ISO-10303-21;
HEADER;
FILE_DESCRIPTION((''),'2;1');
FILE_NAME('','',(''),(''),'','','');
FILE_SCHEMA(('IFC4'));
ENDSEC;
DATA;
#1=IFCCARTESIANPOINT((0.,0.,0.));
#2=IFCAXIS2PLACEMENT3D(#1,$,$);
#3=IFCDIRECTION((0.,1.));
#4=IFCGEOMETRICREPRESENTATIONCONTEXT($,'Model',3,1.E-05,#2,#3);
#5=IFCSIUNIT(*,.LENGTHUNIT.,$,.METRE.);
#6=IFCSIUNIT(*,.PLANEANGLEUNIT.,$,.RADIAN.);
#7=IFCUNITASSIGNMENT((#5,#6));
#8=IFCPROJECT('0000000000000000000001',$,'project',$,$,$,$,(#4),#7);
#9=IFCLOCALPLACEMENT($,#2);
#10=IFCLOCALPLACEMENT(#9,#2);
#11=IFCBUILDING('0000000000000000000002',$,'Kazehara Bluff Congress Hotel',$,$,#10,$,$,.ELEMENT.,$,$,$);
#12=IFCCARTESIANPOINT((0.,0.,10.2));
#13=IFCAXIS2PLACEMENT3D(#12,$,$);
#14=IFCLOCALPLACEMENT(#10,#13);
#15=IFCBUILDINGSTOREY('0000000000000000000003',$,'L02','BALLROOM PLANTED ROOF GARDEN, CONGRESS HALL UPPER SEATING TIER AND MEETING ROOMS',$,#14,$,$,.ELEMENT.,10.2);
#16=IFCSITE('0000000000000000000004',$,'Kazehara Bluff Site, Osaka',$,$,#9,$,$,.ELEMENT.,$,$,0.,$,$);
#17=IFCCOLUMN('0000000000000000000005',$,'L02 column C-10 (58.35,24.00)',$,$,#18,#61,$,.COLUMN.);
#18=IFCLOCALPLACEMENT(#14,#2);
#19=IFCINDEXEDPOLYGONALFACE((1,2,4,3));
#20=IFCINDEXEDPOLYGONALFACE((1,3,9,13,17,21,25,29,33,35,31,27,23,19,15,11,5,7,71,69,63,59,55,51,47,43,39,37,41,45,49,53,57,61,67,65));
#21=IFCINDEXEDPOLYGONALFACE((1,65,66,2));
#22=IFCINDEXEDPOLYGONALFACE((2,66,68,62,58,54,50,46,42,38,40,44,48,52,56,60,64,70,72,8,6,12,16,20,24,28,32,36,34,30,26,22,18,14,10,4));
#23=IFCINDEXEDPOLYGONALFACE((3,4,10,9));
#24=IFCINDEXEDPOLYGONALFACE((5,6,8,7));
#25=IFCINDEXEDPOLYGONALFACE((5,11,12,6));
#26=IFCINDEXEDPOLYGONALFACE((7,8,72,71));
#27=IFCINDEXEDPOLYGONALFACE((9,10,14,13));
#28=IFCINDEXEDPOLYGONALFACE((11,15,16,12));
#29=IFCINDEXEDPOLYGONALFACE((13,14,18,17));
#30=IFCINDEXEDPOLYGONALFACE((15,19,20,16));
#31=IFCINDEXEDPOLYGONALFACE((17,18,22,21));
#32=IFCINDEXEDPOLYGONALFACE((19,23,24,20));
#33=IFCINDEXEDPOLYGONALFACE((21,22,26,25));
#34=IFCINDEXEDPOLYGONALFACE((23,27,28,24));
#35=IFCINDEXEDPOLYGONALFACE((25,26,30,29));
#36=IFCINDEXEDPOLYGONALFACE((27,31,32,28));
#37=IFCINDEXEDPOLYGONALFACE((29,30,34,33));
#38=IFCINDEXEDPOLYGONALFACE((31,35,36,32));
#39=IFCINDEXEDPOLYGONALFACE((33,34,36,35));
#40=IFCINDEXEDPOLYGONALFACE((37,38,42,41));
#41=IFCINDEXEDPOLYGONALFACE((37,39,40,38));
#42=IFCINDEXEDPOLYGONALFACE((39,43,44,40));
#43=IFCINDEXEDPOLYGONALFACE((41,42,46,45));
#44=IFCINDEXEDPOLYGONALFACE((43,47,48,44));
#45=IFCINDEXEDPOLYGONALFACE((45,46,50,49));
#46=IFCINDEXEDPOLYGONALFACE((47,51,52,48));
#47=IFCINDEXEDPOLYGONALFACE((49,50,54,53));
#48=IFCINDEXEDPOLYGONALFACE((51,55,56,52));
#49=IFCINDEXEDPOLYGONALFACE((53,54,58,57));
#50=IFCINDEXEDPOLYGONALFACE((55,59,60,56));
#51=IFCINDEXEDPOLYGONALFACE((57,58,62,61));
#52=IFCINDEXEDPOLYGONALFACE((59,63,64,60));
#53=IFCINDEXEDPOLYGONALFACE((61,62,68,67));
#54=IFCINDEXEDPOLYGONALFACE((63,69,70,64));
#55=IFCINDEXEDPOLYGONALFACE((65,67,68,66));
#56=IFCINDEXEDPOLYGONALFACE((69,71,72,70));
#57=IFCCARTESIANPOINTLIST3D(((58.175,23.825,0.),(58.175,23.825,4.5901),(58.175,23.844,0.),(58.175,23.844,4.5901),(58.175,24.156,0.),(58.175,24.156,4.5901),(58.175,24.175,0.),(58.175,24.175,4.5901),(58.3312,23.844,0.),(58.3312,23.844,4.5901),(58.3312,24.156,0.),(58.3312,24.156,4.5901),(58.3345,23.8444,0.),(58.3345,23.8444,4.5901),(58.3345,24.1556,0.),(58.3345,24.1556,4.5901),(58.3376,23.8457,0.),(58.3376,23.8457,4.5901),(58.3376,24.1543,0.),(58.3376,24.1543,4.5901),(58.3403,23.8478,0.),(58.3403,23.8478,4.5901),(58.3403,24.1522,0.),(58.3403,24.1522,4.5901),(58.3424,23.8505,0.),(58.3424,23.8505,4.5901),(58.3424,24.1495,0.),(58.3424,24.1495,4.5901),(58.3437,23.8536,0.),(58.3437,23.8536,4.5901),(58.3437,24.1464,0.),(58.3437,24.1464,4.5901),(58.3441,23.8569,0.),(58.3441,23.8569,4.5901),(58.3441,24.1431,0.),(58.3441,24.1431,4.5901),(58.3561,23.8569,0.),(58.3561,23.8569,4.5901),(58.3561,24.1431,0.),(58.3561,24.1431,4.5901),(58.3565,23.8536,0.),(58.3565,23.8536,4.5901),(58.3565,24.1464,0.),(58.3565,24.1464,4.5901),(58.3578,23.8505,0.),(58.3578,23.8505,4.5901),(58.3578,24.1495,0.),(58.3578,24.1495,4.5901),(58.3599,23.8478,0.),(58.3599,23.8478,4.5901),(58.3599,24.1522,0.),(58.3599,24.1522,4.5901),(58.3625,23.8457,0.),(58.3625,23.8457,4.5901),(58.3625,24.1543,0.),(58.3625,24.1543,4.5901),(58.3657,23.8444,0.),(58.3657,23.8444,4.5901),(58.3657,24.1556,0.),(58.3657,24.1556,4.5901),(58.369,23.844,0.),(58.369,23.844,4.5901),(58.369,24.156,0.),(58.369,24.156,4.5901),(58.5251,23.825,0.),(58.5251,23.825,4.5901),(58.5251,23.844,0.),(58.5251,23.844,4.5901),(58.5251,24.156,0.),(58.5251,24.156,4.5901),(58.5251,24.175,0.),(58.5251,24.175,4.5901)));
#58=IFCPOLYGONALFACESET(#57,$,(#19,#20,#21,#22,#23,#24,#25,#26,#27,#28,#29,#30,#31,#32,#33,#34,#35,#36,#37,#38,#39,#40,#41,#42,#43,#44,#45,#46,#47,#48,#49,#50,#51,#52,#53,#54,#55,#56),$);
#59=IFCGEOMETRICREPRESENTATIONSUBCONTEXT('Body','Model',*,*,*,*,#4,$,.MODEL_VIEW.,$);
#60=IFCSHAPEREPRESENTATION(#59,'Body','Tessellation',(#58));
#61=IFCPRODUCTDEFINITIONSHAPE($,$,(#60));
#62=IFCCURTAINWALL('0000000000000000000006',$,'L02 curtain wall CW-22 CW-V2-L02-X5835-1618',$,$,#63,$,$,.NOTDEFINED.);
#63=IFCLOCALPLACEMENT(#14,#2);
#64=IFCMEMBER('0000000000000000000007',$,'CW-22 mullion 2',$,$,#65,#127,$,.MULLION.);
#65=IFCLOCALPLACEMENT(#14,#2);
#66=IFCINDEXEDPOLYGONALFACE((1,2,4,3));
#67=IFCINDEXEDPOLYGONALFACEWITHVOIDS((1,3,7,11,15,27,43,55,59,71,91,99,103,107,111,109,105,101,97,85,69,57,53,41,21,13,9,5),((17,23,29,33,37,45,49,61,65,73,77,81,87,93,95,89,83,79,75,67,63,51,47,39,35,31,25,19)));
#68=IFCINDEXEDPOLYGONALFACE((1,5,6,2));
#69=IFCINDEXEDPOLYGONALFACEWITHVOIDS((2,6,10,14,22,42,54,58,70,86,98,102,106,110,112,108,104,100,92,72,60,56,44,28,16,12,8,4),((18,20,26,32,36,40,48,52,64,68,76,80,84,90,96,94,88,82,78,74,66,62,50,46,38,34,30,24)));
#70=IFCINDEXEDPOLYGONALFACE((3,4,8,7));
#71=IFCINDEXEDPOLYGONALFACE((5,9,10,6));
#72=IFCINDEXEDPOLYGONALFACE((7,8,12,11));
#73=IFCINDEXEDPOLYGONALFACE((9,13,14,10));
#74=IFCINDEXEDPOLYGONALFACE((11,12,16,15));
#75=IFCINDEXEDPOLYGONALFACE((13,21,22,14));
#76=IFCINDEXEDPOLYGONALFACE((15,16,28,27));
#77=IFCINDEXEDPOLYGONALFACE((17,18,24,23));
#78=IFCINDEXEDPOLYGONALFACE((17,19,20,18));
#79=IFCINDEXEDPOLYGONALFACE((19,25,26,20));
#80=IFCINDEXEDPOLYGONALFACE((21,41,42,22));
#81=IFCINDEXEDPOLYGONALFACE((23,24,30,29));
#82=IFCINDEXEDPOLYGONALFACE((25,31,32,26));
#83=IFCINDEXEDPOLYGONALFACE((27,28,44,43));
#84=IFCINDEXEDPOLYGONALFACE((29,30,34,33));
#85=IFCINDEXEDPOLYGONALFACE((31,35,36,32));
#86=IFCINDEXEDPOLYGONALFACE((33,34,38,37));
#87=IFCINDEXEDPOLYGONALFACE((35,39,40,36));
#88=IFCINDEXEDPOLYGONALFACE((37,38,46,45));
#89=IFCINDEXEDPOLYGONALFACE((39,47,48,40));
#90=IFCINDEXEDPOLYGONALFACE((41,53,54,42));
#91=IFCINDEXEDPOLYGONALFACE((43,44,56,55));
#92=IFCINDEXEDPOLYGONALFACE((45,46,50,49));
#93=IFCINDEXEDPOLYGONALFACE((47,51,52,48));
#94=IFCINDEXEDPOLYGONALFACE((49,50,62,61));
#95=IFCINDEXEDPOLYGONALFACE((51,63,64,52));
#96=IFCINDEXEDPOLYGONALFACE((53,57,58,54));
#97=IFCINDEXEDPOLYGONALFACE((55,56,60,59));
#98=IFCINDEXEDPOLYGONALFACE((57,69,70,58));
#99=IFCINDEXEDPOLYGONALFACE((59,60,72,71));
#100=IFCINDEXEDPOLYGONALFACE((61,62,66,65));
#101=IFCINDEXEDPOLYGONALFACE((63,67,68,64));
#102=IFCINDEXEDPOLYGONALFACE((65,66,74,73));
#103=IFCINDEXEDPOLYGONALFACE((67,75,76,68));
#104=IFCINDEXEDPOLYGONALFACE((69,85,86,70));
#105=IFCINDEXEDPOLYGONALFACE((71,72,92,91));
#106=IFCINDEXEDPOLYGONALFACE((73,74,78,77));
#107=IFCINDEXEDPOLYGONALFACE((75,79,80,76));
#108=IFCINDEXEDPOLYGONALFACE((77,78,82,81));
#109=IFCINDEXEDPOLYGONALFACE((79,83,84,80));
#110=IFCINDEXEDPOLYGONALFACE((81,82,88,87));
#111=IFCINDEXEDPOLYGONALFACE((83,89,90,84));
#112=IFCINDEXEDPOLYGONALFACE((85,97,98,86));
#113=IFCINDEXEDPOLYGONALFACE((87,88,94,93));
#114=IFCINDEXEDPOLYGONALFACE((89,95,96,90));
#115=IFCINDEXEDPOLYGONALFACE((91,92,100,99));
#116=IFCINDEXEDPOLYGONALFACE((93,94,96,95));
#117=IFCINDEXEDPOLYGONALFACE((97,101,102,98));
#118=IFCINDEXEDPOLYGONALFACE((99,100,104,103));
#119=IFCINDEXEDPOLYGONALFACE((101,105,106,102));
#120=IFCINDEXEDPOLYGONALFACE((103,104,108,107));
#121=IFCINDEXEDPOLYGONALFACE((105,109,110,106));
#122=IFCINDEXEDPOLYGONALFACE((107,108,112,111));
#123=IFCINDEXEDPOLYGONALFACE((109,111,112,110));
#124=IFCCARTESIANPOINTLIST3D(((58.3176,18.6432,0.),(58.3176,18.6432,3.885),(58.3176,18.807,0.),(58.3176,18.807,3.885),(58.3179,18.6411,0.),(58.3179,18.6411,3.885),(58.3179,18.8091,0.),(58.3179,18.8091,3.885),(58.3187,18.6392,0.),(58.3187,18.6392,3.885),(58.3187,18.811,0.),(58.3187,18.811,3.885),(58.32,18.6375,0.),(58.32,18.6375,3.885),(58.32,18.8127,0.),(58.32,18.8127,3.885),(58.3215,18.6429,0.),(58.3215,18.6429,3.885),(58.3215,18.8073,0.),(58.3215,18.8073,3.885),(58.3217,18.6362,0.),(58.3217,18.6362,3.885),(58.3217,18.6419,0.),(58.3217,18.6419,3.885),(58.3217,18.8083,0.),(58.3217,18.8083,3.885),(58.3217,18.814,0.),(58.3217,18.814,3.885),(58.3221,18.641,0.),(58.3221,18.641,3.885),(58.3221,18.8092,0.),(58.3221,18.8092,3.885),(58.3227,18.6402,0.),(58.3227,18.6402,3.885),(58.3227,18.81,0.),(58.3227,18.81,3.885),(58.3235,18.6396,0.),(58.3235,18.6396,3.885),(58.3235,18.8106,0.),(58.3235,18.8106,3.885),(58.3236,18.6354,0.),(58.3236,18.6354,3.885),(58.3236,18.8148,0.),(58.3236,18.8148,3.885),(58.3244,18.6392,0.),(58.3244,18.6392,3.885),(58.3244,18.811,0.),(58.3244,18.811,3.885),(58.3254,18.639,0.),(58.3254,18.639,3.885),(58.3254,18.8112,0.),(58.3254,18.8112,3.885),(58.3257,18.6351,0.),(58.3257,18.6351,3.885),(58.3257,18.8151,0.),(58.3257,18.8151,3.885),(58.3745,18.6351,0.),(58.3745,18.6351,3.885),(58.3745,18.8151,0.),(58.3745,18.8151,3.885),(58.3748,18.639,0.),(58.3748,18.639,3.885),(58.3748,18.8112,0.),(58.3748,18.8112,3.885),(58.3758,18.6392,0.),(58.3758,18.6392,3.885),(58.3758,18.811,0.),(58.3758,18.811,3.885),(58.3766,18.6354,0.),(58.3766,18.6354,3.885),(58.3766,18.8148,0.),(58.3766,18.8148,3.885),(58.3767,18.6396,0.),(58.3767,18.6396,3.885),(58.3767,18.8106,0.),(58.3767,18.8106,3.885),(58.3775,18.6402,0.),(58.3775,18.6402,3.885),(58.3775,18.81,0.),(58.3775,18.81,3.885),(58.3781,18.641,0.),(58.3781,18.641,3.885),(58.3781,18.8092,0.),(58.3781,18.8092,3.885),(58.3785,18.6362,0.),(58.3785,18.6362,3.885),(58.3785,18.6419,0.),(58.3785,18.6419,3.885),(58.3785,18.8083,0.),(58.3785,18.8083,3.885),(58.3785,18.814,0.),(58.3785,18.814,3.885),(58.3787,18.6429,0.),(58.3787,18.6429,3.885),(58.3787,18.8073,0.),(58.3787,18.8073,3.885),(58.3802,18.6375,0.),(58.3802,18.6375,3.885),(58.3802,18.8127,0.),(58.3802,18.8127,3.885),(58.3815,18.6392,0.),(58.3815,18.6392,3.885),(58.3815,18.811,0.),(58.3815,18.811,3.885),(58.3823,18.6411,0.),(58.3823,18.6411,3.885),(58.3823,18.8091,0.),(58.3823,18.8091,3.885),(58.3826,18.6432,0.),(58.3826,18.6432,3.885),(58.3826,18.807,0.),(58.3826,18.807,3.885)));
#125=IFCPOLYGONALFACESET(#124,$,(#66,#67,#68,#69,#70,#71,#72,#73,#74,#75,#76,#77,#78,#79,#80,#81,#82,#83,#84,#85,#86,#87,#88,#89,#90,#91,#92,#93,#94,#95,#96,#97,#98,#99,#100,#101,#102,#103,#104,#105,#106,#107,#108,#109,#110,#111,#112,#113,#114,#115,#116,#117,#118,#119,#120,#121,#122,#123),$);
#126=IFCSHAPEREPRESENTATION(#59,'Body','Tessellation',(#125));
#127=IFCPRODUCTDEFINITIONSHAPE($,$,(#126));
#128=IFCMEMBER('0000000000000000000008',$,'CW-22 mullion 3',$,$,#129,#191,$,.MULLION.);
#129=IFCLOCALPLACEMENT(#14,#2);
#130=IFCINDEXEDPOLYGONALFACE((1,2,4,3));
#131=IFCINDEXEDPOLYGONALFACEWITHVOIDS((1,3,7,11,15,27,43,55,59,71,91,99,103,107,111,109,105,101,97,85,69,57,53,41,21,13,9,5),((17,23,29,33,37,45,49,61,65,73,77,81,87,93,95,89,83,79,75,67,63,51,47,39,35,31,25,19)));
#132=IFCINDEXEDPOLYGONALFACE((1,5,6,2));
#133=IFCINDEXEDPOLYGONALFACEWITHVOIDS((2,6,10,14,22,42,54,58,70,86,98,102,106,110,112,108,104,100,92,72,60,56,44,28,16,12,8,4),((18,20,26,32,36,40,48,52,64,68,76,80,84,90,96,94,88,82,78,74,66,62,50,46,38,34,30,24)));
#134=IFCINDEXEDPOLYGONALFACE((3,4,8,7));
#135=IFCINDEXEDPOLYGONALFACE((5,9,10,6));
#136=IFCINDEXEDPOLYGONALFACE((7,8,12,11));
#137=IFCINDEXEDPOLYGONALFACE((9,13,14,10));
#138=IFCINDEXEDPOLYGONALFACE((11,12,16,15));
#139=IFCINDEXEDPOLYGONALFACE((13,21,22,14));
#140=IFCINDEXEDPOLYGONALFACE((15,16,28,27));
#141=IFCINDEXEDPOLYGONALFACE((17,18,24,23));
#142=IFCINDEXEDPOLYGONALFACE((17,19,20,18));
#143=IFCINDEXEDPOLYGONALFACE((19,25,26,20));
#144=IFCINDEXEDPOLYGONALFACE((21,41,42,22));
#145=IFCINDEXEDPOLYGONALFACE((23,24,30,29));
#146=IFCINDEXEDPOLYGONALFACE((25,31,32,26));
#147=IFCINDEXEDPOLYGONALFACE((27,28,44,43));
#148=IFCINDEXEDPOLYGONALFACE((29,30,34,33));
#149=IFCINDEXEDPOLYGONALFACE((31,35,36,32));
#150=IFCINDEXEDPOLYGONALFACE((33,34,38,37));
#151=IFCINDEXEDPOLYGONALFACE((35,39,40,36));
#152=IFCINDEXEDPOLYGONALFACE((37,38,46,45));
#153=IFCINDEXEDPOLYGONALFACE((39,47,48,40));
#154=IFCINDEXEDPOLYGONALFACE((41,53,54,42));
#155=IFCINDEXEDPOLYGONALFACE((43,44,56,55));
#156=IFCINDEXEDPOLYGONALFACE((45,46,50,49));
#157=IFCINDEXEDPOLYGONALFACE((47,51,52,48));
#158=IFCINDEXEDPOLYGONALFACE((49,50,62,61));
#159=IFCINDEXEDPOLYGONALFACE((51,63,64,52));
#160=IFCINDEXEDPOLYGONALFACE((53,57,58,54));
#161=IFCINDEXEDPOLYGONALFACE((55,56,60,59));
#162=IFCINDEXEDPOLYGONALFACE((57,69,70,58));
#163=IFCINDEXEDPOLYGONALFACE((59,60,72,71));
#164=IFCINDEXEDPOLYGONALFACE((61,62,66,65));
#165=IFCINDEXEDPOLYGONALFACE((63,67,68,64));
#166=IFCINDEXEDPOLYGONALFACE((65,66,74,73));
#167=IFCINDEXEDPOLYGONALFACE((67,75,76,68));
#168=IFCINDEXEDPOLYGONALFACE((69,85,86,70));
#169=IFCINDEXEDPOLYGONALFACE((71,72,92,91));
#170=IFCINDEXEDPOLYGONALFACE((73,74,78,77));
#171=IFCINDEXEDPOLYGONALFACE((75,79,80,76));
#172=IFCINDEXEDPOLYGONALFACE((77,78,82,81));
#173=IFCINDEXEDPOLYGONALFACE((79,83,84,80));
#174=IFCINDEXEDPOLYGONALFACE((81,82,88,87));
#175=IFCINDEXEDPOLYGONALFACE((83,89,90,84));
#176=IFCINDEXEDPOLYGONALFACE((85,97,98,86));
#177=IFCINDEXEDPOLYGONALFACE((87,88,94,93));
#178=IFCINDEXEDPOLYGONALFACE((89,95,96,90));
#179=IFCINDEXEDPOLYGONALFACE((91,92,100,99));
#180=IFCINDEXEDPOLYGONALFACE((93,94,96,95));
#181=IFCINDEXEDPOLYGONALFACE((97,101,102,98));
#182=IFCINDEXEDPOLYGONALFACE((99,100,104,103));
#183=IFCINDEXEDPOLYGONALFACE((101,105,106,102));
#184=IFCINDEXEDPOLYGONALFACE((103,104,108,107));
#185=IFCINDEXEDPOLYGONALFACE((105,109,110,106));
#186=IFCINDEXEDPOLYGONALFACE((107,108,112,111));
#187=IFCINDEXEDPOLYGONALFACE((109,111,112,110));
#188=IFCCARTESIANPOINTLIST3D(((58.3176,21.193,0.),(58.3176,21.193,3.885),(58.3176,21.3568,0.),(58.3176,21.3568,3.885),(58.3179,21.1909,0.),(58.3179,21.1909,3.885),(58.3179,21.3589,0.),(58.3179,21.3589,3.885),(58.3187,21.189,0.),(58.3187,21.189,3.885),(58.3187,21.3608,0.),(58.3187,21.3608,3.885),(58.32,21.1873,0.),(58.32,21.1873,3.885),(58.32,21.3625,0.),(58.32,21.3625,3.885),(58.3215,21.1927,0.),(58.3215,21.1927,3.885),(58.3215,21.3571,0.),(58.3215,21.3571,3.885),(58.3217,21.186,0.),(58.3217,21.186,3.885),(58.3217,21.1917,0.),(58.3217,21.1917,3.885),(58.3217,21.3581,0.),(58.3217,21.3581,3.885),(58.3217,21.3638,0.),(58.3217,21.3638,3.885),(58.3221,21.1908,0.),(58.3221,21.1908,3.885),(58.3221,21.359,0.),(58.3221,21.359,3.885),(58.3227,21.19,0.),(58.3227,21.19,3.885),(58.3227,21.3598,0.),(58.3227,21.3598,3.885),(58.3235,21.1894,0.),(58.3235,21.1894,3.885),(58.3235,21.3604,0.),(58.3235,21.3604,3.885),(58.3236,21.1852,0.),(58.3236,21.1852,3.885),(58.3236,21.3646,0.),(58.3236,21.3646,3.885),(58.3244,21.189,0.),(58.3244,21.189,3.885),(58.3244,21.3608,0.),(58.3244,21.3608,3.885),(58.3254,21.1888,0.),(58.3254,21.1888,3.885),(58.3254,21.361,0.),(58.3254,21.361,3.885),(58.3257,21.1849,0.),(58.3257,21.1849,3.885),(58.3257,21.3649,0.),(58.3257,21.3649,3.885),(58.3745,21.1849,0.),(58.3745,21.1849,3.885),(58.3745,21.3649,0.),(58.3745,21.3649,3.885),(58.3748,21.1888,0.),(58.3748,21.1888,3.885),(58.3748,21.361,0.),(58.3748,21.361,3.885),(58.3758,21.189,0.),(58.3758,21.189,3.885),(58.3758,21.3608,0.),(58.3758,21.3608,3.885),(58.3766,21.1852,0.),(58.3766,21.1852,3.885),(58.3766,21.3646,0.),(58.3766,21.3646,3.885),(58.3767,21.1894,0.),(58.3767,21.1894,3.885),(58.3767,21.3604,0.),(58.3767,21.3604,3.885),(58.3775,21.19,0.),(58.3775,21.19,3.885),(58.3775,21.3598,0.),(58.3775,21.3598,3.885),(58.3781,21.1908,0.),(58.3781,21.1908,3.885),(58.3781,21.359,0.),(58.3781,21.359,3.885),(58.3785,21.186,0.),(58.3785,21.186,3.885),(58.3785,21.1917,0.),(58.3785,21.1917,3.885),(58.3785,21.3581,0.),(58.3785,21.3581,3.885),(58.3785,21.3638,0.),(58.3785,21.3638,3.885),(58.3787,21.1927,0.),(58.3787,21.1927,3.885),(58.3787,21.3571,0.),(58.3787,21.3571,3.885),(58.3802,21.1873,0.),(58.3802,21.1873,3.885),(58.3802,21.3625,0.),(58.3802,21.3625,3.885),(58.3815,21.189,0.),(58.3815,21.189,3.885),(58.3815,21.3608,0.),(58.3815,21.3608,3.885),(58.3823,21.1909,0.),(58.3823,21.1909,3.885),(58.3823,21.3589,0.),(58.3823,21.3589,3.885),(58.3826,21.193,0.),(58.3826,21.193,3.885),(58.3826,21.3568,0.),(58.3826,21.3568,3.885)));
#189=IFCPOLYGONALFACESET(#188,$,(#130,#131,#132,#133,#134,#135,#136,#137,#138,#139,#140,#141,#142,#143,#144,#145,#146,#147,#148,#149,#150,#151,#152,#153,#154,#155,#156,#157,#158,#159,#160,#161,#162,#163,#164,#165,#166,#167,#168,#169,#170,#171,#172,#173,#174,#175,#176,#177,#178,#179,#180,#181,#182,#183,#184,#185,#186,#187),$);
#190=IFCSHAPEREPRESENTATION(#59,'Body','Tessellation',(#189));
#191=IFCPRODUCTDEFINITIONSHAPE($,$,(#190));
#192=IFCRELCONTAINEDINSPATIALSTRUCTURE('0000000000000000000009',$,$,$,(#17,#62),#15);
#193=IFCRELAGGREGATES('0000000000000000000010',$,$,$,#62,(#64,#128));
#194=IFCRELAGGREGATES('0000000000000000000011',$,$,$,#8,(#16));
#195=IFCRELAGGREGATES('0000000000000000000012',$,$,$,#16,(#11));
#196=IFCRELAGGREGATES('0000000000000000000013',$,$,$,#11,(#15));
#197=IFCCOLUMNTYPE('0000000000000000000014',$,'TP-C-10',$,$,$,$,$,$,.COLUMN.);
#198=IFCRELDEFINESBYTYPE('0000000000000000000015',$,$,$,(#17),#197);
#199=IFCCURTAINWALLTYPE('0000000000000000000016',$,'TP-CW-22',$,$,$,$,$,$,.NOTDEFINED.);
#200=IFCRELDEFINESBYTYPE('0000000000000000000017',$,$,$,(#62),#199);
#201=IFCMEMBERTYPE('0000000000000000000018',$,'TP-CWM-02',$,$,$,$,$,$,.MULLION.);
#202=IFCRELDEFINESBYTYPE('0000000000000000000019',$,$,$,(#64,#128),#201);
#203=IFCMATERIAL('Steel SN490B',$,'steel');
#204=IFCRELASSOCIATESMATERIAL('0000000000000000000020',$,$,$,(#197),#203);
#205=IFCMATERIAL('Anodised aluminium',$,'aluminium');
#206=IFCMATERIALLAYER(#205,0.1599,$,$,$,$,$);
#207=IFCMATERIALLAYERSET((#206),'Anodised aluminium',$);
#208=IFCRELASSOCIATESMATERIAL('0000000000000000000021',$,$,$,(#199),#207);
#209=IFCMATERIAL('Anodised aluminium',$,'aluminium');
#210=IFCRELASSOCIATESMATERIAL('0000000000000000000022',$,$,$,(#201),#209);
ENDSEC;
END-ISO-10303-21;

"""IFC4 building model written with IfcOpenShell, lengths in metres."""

from ifc_helpers import new_model, si_unit, direction, frame, origin, origin_2d, place, context, subcontext, project, spatial, hollow_rectangle, i_section, extrude, material, layer, layer_set, material_profile, profile_set, type_object, element, aggregate, save


model = new_model("IFC4")

# Units and contexts
model_context = context("Model", 3, precision=1e-05, world=origin(), true_north=direction((0.0, 1.0)))
body_context = subcontext(model_context, "Body", "Model", "MODEL_VIEW")
ifc_project = project(units=[si_unit("LENGTHUNIT", "METRE"), si_unit("PLANEANGLEUNIT", "RADIAN")], contexts=[model_context])

# Site, building, storey
site_placement = place(None, origin())
site = spatial("IfcSite", under=ifc_project, at=site_placement, Name="Kazehara Bluff Site, Osaka", CompositionType="ELEMENT", RefElevation=0.0)
building_placement = place(site_placement, origin())
building = spatial("IfcBuilding", under=site, at=building_placement, Name="Kazehara Bluff Congress Hotel", CompositionType="ELEMENT")
storey_placement = place(building_placement, frame((0.0, 0.0, 10.2)))
storey = spatial("IfcBuildingStorey", under=building, at=storey_placement, Name="L02", Description="BALLROOM PLANTED ROOF GARDEN, CONGRESS HALL UPPER SEATING TIER AND MEETING ROOMS", CompositionType="ELEMENT", Elevation=10.2)

# Column
ifc_material_1 = material(Name="Steel SN490B", Category="steel")
ifc_material_profile_1 = material_profile(ifc_material_1, i_section(OverallWidth=0.3501, OverallDepth=0.3501, WebThickness=0.012, FlangeThickness=0.019, FilletRadius=0.0129, at=origin_2d()))
ifc_profile_set_1 = profile_set([ifc_material_profile_1], Name="Steel SN490B")
column_type = type_object("IfcColumnType", Name="TP-C-10", PredefinedType="COLUMN", material=ifc_profile_set_1)
column_placement = place(storey_placement, frame((58.3501, 24.0, 0.0), z_axis=(0.0, 0.0, 1.0), x_axis=(1.0, 0.0, 0.0)))
element("IfcColumn", 1, at=column_placement, inside=storey, type_object=column_type, Name="L02 column C-10 (58.35,24.00)", PredefinedType="COLUMN", context=body_context, shape_type="SweptSolid", body=[
    extrude(i_section(OverallWidth=0.3501, OverallDepth=0.3501, WebThickness=0.012, FlangeThickness=0.019, FilletRadius=0.0129, at=origin_2d()), origin(), (0.0, 0.0, 1.0), 4.5901),
])

# Curtain wall, members
ifc_material_2 = material(Name="Anodised aluminium", Category="aluminium")
ifc_layer_1 = layer(ifc_material_2, 0.1599)
ifc_layer_set_1 = layer_set([ifc_layer_1], Name="Anodised aluminium")
curtain_wall_type = type_object("IfcCurtainWallType", Name="TP-CW-22", PredefinedType="NOTDEFINED", material=ifc_layer_set_1)
curtain_wall_1_placement = place(storey_placement, origin())
curtain_wall_1 = element("IfcCurtainWall", 2, at=curtain_wall_1_placement, inside=storey, type_object=curtain_wall_type, Name="L02 curtain wall CW-22 CW-V2-L02-X5835-1618", PredefinedType="NOTDEFINED")
ifc_material_3 = material(Name="Anodised aluminium", Category="aluminium")
ifc_material_profile_2 = material_profile(ifc_material_3, hollow_rectangle(XDim=0.0649, YDim=0.1799, WallThickness=0.0039, InnerFilletRadius=0.0039, OuterFilletRadius=0.0081, at=origin_2d()))
ifc_profile_set_2 = profile_set([ifc_material_profile_2], Name="Anodised aluminium")
member_type_1 = type_object("IfcMemberType", Name="TP-CWM-02", PredefinedType="MULLION", material=ifc_profile_set_2)
member_1_placement = place(storey_placement, frame((58.3501, 18.7251, 0.0), z_axis=(0.0, 0.0, 1.0), x_axis=(-1.0, 0.0, 0.0)))
member_1 = element("IfcMember", 3, at=member_1_placement, type_object=member_type_1, Name="CW-22 mullion 2", PredefinedType="MULLION", context=body_context, shape_type="SweptSolid", body=[
    extrude(hollow_rectangle(XDim=0.0649, YDim=0.1799, WallThickness=0.0039, InnerFilletRadius=0.0039, OuterFilletRadius=0.0081, at=origin_2d()), origin(), (0.0, 0.0, 1.0), 3.885),
])
member_2_placement = place(storey_placement, frame((58.3501, 21.2749, 0.0), z_axis=(0.0, 0.0, 1.0), x_axis=(-1.0, 0.0, 0.0)))
member_2 = element("IfcMember", 4, at=member_2_placement, type_object=member_type_1, Name="CW-22 mullion 3", PredefinedType="MULLION", context=body_context, shape_type="SweptSolid", body=[
    extrude(hollow_rectangle(XDim=0.0649, YDim=0.1799, WallThickness=0.0039, InnerFilletRadius=0.0039, OuterFilletRadius=0.0081, at=origin_2d()), origin(), (0.0, 0.0, 1.0), 3.885),
])

aggregate(curtain_wall_1, [member_1, member_2])

save(model, "model.ifc")
